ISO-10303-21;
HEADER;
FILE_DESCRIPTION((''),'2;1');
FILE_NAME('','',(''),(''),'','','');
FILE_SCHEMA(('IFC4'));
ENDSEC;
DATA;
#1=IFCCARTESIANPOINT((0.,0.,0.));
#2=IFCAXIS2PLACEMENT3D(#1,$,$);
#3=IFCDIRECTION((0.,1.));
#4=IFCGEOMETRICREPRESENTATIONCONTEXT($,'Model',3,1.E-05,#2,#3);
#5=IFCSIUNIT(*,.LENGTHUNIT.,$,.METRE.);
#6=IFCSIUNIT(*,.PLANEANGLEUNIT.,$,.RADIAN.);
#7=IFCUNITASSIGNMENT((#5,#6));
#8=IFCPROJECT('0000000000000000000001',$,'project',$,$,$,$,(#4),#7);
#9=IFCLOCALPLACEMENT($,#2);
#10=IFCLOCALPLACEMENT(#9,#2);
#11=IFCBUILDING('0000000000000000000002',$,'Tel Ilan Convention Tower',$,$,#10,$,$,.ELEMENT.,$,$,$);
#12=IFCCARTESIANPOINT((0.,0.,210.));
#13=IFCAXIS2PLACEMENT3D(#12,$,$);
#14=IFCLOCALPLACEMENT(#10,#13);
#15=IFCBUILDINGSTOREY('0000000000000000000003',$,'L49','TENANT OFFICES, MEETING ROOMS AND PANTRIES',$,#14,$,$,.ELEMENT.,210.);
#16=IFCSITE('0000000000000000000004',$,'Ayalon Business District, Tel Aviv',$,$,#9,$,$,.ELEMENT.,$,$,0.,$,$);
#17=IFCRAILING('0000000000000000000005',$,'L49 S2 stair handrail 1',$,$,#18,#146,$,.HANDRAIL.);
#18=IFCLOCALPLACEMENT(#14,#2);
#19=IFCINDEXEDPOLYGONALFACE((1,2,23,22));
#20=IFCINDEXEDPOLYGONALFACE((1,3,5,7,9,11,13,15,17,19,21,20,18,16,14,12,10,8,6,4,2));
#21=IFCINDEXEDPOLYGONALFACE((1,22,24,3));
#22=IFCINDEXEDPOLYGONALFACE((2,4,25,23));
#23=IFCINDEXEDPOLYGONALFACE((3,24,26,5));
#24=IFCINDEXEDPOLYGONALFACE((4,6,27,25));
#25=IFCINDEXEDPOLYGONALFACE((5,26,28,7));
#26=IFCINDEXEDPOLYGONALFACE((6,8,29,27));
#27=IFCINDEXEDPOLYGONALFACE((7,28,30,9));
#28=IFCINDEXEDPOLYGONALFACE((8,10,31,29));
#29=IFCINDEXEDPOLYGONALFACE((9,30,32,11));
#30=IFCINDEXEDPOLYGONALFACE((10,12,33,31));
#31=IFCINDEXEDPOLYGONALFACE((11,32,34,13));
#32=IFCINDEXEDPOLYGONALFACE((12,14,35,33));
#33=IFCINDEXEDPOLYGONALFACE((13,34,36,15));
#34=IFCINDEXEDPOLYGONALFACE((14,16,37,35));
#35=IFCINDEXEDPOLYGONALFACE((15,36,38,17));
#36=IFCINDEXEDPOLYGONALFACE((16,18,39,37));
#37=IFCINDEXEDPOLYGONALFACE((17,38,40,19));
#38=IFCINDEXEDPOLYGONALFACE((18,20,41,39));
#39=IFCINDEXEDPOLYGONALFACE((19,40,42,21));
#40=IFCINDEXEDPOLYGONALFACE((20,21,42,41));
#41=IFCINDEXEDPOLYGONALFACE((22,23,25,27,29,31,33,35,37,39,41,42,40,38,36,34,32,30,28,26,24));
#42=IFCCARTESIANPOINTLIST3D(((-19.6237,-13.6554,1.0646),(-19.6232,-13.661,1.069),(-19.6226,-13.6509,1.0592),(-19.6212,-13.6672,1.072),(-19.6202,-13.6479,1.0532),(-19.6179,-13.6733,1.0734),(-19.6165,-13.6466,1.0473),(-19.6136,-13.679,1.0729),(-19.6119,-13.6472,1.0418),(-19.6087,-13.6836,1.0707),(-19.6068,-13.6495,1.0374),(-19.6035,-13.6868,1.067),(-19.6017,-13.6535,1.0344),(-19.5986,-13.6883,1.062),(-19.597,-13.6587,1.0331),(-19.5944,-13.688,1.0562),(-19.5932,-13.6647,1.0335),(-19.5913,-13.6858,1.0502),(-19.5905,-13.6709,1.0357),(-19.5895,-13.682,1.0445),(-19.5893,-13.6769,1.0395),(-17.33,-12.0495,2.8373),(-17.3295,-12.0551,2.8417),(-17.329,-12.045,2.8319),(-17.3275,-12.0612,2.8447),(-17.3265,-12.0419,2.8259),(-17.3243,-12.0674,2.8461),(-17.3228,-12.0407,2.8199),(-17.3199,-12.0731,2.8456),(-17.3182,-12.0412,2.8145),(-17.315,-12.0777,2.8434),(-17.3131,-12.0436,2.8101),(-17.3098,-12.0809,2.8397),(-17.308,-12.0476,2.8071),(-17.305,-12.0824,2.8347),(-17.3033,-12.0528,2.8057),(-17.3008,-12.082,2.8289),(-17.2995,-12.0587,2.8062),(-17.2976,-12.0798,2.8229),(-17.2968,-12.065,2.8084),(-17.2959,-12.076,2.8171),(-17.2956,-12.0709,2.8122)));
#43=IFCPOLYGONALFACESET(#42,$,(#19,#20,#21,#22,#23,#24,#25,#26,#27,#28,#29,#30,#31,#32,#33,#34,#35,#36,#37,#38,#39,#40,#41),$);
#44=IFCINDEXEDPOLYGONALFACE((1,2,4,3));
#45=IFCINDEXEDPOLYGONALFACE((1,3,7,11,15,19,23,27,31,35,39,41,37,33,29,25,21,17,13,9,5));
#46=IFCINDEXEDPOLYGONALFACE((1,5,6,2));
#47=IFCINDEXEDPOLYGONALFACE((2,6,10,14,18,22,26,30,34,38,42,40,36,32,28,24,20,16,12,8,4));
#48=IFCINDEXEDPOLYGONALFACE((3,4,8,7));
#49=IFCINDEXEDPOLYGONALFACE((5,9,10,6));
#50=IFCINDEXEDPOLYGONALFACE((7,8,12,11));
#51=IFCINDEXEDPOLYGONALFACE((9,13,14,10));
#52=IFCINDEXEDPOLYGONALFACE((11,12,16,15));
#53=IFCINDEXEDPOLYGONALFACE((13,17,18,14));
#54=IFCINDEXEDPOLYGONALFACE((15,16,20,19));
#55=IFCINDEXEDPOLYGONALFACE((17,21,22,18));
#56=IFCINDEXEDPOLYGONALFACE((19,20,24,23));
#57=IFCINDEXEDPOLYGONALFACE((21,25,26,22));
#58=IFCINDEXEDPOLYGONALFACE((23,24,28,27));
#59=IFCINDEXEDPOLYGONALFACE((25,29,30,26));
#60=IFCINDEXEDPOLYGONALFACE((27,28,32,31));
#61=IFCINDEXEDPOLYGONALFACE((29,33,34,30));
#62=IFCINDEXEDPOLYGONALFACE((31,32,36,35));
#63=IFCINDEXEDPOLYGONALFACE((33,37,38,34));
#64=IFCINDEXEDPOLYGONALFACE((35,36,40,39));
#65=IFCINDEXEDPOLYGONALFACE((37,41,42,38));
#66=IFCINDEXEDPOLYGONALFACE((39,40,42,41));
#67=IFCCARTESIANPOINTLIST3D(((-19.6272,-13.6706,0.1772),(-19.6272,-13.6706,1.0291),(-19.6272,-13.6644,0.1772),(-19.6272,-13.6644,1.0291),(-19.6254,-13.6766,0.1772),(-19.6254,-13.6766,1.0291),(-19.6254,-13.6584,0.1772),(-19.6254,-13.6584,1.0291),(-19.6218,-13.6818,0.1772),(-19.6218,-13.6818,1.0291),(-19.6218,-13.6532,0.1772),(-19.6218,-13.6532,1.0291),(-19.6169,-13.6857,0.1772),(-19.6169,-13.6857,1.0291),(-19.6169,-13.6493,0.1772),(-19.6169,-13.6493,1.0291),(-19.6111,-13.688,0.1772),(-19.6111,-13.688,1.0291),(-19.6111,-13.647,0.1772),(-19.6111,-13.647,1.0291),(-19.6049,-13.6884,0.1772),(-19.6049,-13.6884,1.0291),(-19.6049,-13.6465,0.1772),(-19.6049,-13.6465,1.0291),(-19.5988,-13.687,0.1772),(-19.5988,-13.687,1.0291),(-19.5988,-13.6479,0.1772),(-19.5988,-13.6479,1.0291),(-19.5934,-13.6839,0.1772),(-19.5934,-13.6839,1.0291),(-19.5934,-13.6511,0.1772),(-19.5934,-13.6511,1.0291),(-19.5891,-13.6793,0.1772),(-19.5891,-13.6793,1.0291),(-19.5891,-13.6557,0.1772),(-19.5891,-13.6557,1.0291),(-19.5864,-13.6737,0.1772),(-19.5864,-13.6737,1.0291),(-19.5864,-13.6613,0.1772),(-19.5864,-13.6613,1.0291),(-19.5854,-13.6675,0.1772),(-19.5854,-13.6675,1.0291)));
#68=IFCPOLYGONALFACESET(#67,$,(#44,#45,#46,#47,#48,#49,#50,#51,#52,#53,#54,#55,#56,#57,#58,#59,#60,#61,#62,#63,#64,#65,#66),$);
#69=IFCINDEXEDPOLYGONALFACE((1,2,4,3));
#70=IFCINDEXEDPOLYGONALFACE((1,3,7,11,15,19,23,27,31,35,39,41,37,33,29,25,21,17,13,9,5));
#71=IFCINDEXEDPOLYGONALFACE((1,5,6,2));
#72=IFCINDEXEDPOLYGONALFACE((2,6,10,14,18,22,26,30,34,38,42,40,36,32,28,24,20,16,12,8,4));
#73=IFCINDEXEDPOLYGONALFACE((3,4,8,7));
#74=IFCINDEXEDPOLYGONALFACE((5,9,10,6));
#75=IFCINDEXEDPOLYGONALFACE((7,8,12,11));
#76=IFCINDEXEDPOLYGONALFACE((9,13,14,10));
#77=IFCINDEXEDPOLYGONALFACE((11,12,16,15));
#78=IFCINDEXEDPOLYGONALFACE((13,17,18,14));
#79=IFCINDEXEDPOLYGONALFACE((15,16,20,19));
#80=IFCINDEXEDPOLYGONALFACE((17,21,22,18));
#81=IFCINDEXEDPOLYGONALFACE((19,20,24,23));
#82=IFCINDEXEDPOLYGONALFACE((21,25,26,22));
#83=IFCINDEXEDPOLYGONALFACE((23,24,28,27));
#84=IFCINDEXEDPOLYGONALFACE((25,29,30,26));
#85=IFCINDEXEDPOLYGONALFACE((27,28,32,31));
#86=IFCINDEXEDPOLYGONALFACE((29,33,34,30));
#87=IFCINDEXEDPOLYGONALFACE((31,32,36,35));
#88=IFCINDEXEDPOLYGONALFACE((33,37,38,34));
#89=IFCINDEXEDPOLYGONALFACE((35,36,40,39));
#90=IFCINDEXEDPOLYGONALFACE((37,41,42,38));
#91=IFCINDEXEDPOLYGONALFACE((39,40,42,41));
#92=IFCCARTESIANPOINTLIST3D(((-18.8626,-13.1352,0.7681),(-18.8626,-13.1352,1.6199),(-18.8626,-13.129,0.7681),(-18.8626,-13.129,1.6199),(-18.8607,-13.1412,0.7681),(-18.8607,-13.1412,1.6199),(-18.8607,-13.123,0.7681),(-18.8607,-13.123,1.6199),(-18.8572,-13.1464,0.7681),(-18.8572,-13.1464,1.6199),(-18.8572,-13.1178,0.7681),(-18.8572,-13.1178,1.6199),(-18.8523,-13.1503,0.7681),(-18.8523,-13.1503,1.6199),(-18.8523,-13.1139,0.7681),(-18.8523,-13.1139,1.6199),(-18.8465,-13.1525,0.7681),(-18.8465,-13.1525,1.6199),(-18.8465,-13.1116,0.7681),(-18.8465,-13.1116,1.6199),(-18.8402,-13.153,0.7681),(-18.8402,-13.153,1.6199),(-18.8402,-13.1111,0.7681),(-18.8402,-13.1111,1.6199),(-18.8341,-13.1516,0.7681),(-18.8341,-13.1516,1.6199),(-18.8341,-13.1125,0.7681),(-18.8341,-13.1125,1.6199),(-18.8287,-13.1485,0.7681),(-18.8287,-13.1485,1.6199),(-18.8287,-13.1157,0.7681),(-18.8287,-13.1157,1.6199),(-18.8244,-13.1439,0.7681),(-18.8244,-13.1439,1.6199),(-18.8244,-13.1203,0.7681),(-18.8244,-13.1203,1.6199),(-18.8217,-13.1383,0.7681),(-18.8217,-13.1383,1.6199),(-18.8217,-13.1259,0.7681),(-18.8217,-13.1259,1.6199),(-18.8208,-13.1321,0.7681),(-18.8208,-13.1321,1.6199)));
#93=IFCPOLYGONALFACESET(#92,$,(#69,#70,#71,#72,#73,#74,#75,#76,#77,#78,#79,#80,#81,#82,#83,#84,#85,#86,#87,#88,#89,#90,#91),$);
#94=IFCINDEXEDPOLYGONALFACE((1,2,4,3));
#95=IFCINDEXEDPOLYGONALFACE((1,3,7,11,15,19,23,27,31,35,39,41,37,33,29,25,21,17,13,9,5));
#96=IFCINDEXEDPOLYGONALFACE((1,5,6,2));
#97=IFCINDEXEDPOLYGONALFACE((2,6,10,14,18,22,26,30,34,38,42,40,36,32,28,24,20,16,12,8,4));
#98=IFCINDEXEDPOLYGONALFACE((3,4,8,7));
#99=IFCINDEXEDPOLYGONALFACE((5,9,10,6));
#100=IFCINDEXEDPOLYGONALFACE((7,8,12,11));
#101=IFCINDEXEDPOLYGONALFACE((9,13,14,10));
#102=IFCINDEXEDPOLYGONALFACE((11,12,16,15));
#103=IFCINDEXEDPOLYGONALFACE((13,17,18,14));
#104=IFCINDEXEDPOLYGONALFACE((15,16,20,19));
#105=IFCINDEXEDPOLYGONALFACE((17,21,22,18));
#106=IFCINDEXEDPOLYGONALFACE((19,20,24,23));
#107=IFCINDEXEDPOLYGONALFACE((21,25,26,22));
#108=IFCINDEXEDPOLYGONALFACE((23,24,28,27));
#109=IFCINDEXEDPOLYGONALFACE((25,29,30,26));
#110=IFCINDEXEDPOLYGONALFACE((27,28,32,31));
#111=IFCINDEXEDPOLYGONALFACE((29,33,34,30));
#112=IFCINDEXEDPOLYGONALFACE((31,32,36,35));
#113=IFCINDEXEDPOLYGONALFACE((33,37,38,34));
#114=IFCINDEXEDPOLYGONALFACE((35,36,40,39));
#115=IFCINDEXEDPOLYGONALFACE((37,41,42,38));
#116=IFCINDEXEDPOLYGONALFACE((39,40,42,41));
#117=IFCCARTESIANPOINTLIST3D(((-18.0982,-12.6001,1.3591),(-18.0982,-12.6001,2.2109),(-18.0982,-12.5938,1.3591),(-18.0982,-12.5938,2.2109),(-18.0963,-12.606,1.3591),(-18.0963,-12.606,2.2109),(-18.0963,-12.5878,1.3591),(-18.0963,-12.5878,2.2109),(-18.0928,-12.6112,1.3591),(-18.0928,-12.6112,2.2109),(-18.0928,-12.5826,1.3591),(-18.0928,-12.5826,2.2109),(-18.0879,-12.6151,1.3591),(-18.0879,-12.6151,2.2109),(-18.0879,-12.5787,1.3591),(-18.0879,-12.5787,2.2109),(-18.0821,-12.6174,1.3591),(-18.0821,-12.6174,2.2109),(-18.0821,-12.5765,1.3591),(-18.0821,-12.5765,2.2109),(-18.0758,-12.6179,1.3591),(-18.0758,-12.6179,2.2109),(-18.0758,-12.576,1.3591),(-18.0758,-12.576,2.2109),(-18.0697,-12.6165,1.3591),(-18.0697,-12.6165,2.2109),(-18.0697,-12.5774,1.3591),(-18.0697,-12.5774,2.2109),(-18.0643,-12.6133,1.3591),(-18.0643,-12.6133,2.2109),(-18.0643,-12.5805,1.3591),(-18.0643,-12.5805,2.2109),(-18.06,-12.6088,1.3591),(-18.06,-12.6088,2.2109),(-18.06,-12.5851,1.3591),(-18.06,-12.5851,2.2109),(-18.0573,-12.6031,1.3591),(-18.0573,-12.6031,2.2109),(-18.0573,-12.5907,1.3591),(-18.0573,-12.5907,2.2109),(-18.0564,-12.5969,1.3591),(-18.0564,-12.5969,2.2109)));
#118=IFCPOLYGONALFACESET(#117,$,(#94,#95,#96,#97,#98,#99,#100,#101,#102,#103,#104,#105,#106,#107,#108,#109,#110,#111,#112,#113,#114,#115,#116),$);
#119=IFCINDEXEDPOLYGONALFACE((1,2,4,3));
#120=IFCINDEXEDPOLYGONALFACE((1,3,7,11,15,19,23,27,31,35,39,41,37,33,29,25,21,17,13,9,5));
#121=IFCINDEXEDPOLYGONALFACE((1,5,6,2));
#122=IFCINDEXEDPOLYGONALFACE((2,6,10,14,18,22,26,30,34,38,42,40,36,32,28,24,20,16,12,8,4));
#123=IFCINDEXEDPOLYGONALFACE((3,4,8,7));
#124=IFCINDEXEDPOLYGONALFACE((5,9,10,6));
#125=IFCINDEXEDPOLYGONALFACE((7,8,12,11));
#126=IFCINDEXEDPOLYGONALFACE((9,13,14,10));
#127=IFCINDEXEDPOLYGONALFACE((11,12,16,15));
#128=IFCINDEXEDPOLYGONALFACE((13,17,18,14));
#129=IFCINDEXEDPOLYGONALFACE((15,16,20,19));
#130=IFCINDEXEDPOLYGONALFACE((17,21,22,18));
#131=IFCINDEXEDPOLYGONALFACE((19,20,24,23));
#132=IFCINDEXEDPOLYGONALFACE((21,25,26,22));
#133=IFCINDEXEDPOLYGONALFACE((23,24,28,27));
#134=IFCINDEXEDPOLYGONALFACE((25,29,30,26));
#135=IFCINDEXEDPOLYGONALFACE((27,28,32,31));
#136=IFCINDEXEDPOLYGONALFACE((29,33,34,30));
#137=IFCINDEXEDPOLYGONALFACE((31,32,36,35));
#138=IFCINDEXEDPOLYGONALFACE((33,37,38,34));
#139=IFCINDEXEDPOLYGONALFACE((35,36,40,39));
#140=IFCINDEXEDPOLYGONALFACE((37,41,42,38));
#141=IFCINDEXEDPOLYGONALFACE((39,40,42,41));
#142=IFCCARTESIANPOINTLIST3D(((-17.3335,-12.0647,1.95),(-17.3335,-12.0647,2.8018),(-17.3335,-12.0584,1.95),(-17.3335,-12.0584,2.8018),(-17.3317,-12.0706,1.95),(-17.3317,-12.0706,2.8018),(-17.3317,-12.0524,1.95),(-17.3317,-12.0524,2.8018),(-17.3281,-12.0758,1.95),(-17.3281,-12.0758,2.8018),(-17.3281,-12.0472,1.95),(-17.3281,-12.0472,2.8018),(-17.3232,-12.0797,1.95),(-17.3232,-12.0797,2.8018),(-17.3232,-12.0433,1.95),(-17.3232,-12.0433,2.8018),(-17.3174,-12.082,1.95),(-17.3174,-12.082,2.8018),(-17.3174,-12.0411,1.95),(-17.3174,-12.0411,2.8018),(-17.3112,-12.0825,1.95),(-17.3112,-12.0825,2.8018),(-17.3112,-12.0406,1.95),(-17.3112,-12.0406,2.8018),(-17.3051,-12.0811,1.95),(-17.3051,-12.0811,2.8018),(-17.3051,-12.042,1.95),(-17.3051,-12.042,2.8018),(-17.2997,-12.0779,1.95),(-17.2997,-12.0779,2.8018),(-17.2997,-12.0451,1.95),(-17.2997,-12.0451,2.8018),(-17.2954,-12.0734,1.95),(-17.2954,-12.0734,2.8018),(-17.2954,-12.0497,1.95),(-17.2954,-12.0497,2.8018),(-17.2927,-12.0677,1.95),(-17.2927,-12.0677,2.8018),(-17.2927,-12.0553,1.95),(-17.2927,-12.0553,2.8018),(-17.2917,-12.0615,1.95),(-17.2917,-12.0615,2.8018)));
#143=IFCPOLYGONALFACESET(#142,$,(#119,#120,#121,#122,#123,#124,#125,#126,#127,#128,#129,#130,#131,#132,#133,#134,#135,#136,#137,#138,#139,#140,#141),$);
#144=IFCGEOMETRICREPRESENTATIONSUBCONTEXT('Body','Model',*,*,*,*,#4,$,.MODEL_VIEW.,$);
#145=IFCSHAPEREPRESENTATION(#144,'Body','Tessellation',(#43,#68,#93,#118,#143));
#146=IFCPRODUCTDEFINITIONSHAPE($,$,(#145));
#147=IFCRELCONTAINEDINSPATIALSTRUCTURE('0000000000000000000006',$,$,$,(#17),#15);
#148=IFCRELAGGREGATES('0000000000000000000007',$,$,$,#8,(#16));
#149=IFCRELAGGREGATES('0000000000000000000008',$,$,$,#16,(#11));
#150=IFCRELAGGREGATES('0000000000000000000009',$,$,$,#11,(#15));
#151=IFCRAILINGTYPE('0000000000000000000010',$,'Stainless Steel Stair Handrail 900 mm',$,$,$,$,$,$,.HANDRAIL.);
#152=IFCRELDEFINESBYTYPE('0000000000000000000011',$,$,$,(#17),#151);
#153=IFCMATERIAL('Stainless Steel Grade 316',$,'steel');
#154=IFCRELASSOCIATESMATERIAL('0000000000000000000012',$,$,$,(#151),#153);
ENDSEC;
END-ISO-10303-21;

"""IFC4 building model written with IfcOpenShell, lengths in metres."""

from ifc_helpers import new_model, si_unit, direction, frame, origin, origin_2d, place, context, subcontext, project, spatial, circle, extrude, material, type_object, element, save


model = new_model("IFC4")

# Units and contexts
model_context = context("Model", 3, precision=1e-05, world=origin(), true_north=direction((0.0, 1.0)))
body_context = subcontext(model_context, "Body", "Model", "MODEL_VIEW")
ifc_project = project(units=[si_unit("LENGTHUNIT", "METRE"), si_unit("PLANEANGLEUNIT", "RADIAN")], contexts=[model_context])

# Site, building, storey
site_placement = place(None, origin())
site = spatial("IfcSite", under=ifc_project, at=site_placement, Name="Ayalon Business District, Tel Aviv", CompositionType="ELEMENT", RefElevation=0.0)
building_placement = place(site_placement, origin())
building = spatial("IfcBuilding", under=site, at=building_placement, Name="Tel Ilan Convention Tower", CompositionType="ELEMENT")
storey_placement = place(building_placement, frame((0.0, 0.0, 210.0)))
storey = spatial("IfcBuildingStorey", under=building, at=storey_placement, Name="L49", Description="TENANT OFFICES, MEETING ROOMS AND PANTRIES", CompositionType="ELEMENT", Elevation=210.0)

# Railing
ifc_material_1 = material(Name="Stainless Steel Grade 316", Category="steel")
railing_type = type_object("IfcRailingType", Name="Stainless Steel Stair Handrail 900 mm", PredefinedType="HANDRAIL", material=ifc_material_1)
railing_placement = place(storey_placement, frame((-19.6064, -13.6675, 0.1772)))
element("IfcRailing", 1, at=railing_placement, inside=storey, type_object=railing_type, Name="L49 S2 stair handrail 1", PredefinedType="HANDRAIL", context=body_context, shape_type="SweptSolid", body=[
    extrude(circle(Radius=0.0239, at=origin_2d()), frame((0.0, 0.0, 0.876), z_axis=(0.692123, 0.484597, 0.534913), x_axis=(-0.57355, 0.81917, 0.0)), (0.0, 0.0, 1.0), 3.314),
    extrude(circle(Radius=0.021, at=origin_2d()), origin(), (0.0, 0.0, 1.0), 0.8518),
    extrude(circle(Radius=0.021, at=origin_2d()), frame((0.7646, 0.5354, 0.5908)), (0.0, 0.0, 1.0), 0.8518),
    extrude(circle(Radius=0.021, at=origin_2d()), frame((1.5291, 1.0706, 1.1819)), (0.0, 0.0, 1.0), 0.8518),
    extrude(circle(Radius=0.021, at=origin_2d()), frame((2.2937, 1.606, 1.7727)), (0.0, 0.0, 1.0), 0.8518),
])

save(model, "model.ifc")
